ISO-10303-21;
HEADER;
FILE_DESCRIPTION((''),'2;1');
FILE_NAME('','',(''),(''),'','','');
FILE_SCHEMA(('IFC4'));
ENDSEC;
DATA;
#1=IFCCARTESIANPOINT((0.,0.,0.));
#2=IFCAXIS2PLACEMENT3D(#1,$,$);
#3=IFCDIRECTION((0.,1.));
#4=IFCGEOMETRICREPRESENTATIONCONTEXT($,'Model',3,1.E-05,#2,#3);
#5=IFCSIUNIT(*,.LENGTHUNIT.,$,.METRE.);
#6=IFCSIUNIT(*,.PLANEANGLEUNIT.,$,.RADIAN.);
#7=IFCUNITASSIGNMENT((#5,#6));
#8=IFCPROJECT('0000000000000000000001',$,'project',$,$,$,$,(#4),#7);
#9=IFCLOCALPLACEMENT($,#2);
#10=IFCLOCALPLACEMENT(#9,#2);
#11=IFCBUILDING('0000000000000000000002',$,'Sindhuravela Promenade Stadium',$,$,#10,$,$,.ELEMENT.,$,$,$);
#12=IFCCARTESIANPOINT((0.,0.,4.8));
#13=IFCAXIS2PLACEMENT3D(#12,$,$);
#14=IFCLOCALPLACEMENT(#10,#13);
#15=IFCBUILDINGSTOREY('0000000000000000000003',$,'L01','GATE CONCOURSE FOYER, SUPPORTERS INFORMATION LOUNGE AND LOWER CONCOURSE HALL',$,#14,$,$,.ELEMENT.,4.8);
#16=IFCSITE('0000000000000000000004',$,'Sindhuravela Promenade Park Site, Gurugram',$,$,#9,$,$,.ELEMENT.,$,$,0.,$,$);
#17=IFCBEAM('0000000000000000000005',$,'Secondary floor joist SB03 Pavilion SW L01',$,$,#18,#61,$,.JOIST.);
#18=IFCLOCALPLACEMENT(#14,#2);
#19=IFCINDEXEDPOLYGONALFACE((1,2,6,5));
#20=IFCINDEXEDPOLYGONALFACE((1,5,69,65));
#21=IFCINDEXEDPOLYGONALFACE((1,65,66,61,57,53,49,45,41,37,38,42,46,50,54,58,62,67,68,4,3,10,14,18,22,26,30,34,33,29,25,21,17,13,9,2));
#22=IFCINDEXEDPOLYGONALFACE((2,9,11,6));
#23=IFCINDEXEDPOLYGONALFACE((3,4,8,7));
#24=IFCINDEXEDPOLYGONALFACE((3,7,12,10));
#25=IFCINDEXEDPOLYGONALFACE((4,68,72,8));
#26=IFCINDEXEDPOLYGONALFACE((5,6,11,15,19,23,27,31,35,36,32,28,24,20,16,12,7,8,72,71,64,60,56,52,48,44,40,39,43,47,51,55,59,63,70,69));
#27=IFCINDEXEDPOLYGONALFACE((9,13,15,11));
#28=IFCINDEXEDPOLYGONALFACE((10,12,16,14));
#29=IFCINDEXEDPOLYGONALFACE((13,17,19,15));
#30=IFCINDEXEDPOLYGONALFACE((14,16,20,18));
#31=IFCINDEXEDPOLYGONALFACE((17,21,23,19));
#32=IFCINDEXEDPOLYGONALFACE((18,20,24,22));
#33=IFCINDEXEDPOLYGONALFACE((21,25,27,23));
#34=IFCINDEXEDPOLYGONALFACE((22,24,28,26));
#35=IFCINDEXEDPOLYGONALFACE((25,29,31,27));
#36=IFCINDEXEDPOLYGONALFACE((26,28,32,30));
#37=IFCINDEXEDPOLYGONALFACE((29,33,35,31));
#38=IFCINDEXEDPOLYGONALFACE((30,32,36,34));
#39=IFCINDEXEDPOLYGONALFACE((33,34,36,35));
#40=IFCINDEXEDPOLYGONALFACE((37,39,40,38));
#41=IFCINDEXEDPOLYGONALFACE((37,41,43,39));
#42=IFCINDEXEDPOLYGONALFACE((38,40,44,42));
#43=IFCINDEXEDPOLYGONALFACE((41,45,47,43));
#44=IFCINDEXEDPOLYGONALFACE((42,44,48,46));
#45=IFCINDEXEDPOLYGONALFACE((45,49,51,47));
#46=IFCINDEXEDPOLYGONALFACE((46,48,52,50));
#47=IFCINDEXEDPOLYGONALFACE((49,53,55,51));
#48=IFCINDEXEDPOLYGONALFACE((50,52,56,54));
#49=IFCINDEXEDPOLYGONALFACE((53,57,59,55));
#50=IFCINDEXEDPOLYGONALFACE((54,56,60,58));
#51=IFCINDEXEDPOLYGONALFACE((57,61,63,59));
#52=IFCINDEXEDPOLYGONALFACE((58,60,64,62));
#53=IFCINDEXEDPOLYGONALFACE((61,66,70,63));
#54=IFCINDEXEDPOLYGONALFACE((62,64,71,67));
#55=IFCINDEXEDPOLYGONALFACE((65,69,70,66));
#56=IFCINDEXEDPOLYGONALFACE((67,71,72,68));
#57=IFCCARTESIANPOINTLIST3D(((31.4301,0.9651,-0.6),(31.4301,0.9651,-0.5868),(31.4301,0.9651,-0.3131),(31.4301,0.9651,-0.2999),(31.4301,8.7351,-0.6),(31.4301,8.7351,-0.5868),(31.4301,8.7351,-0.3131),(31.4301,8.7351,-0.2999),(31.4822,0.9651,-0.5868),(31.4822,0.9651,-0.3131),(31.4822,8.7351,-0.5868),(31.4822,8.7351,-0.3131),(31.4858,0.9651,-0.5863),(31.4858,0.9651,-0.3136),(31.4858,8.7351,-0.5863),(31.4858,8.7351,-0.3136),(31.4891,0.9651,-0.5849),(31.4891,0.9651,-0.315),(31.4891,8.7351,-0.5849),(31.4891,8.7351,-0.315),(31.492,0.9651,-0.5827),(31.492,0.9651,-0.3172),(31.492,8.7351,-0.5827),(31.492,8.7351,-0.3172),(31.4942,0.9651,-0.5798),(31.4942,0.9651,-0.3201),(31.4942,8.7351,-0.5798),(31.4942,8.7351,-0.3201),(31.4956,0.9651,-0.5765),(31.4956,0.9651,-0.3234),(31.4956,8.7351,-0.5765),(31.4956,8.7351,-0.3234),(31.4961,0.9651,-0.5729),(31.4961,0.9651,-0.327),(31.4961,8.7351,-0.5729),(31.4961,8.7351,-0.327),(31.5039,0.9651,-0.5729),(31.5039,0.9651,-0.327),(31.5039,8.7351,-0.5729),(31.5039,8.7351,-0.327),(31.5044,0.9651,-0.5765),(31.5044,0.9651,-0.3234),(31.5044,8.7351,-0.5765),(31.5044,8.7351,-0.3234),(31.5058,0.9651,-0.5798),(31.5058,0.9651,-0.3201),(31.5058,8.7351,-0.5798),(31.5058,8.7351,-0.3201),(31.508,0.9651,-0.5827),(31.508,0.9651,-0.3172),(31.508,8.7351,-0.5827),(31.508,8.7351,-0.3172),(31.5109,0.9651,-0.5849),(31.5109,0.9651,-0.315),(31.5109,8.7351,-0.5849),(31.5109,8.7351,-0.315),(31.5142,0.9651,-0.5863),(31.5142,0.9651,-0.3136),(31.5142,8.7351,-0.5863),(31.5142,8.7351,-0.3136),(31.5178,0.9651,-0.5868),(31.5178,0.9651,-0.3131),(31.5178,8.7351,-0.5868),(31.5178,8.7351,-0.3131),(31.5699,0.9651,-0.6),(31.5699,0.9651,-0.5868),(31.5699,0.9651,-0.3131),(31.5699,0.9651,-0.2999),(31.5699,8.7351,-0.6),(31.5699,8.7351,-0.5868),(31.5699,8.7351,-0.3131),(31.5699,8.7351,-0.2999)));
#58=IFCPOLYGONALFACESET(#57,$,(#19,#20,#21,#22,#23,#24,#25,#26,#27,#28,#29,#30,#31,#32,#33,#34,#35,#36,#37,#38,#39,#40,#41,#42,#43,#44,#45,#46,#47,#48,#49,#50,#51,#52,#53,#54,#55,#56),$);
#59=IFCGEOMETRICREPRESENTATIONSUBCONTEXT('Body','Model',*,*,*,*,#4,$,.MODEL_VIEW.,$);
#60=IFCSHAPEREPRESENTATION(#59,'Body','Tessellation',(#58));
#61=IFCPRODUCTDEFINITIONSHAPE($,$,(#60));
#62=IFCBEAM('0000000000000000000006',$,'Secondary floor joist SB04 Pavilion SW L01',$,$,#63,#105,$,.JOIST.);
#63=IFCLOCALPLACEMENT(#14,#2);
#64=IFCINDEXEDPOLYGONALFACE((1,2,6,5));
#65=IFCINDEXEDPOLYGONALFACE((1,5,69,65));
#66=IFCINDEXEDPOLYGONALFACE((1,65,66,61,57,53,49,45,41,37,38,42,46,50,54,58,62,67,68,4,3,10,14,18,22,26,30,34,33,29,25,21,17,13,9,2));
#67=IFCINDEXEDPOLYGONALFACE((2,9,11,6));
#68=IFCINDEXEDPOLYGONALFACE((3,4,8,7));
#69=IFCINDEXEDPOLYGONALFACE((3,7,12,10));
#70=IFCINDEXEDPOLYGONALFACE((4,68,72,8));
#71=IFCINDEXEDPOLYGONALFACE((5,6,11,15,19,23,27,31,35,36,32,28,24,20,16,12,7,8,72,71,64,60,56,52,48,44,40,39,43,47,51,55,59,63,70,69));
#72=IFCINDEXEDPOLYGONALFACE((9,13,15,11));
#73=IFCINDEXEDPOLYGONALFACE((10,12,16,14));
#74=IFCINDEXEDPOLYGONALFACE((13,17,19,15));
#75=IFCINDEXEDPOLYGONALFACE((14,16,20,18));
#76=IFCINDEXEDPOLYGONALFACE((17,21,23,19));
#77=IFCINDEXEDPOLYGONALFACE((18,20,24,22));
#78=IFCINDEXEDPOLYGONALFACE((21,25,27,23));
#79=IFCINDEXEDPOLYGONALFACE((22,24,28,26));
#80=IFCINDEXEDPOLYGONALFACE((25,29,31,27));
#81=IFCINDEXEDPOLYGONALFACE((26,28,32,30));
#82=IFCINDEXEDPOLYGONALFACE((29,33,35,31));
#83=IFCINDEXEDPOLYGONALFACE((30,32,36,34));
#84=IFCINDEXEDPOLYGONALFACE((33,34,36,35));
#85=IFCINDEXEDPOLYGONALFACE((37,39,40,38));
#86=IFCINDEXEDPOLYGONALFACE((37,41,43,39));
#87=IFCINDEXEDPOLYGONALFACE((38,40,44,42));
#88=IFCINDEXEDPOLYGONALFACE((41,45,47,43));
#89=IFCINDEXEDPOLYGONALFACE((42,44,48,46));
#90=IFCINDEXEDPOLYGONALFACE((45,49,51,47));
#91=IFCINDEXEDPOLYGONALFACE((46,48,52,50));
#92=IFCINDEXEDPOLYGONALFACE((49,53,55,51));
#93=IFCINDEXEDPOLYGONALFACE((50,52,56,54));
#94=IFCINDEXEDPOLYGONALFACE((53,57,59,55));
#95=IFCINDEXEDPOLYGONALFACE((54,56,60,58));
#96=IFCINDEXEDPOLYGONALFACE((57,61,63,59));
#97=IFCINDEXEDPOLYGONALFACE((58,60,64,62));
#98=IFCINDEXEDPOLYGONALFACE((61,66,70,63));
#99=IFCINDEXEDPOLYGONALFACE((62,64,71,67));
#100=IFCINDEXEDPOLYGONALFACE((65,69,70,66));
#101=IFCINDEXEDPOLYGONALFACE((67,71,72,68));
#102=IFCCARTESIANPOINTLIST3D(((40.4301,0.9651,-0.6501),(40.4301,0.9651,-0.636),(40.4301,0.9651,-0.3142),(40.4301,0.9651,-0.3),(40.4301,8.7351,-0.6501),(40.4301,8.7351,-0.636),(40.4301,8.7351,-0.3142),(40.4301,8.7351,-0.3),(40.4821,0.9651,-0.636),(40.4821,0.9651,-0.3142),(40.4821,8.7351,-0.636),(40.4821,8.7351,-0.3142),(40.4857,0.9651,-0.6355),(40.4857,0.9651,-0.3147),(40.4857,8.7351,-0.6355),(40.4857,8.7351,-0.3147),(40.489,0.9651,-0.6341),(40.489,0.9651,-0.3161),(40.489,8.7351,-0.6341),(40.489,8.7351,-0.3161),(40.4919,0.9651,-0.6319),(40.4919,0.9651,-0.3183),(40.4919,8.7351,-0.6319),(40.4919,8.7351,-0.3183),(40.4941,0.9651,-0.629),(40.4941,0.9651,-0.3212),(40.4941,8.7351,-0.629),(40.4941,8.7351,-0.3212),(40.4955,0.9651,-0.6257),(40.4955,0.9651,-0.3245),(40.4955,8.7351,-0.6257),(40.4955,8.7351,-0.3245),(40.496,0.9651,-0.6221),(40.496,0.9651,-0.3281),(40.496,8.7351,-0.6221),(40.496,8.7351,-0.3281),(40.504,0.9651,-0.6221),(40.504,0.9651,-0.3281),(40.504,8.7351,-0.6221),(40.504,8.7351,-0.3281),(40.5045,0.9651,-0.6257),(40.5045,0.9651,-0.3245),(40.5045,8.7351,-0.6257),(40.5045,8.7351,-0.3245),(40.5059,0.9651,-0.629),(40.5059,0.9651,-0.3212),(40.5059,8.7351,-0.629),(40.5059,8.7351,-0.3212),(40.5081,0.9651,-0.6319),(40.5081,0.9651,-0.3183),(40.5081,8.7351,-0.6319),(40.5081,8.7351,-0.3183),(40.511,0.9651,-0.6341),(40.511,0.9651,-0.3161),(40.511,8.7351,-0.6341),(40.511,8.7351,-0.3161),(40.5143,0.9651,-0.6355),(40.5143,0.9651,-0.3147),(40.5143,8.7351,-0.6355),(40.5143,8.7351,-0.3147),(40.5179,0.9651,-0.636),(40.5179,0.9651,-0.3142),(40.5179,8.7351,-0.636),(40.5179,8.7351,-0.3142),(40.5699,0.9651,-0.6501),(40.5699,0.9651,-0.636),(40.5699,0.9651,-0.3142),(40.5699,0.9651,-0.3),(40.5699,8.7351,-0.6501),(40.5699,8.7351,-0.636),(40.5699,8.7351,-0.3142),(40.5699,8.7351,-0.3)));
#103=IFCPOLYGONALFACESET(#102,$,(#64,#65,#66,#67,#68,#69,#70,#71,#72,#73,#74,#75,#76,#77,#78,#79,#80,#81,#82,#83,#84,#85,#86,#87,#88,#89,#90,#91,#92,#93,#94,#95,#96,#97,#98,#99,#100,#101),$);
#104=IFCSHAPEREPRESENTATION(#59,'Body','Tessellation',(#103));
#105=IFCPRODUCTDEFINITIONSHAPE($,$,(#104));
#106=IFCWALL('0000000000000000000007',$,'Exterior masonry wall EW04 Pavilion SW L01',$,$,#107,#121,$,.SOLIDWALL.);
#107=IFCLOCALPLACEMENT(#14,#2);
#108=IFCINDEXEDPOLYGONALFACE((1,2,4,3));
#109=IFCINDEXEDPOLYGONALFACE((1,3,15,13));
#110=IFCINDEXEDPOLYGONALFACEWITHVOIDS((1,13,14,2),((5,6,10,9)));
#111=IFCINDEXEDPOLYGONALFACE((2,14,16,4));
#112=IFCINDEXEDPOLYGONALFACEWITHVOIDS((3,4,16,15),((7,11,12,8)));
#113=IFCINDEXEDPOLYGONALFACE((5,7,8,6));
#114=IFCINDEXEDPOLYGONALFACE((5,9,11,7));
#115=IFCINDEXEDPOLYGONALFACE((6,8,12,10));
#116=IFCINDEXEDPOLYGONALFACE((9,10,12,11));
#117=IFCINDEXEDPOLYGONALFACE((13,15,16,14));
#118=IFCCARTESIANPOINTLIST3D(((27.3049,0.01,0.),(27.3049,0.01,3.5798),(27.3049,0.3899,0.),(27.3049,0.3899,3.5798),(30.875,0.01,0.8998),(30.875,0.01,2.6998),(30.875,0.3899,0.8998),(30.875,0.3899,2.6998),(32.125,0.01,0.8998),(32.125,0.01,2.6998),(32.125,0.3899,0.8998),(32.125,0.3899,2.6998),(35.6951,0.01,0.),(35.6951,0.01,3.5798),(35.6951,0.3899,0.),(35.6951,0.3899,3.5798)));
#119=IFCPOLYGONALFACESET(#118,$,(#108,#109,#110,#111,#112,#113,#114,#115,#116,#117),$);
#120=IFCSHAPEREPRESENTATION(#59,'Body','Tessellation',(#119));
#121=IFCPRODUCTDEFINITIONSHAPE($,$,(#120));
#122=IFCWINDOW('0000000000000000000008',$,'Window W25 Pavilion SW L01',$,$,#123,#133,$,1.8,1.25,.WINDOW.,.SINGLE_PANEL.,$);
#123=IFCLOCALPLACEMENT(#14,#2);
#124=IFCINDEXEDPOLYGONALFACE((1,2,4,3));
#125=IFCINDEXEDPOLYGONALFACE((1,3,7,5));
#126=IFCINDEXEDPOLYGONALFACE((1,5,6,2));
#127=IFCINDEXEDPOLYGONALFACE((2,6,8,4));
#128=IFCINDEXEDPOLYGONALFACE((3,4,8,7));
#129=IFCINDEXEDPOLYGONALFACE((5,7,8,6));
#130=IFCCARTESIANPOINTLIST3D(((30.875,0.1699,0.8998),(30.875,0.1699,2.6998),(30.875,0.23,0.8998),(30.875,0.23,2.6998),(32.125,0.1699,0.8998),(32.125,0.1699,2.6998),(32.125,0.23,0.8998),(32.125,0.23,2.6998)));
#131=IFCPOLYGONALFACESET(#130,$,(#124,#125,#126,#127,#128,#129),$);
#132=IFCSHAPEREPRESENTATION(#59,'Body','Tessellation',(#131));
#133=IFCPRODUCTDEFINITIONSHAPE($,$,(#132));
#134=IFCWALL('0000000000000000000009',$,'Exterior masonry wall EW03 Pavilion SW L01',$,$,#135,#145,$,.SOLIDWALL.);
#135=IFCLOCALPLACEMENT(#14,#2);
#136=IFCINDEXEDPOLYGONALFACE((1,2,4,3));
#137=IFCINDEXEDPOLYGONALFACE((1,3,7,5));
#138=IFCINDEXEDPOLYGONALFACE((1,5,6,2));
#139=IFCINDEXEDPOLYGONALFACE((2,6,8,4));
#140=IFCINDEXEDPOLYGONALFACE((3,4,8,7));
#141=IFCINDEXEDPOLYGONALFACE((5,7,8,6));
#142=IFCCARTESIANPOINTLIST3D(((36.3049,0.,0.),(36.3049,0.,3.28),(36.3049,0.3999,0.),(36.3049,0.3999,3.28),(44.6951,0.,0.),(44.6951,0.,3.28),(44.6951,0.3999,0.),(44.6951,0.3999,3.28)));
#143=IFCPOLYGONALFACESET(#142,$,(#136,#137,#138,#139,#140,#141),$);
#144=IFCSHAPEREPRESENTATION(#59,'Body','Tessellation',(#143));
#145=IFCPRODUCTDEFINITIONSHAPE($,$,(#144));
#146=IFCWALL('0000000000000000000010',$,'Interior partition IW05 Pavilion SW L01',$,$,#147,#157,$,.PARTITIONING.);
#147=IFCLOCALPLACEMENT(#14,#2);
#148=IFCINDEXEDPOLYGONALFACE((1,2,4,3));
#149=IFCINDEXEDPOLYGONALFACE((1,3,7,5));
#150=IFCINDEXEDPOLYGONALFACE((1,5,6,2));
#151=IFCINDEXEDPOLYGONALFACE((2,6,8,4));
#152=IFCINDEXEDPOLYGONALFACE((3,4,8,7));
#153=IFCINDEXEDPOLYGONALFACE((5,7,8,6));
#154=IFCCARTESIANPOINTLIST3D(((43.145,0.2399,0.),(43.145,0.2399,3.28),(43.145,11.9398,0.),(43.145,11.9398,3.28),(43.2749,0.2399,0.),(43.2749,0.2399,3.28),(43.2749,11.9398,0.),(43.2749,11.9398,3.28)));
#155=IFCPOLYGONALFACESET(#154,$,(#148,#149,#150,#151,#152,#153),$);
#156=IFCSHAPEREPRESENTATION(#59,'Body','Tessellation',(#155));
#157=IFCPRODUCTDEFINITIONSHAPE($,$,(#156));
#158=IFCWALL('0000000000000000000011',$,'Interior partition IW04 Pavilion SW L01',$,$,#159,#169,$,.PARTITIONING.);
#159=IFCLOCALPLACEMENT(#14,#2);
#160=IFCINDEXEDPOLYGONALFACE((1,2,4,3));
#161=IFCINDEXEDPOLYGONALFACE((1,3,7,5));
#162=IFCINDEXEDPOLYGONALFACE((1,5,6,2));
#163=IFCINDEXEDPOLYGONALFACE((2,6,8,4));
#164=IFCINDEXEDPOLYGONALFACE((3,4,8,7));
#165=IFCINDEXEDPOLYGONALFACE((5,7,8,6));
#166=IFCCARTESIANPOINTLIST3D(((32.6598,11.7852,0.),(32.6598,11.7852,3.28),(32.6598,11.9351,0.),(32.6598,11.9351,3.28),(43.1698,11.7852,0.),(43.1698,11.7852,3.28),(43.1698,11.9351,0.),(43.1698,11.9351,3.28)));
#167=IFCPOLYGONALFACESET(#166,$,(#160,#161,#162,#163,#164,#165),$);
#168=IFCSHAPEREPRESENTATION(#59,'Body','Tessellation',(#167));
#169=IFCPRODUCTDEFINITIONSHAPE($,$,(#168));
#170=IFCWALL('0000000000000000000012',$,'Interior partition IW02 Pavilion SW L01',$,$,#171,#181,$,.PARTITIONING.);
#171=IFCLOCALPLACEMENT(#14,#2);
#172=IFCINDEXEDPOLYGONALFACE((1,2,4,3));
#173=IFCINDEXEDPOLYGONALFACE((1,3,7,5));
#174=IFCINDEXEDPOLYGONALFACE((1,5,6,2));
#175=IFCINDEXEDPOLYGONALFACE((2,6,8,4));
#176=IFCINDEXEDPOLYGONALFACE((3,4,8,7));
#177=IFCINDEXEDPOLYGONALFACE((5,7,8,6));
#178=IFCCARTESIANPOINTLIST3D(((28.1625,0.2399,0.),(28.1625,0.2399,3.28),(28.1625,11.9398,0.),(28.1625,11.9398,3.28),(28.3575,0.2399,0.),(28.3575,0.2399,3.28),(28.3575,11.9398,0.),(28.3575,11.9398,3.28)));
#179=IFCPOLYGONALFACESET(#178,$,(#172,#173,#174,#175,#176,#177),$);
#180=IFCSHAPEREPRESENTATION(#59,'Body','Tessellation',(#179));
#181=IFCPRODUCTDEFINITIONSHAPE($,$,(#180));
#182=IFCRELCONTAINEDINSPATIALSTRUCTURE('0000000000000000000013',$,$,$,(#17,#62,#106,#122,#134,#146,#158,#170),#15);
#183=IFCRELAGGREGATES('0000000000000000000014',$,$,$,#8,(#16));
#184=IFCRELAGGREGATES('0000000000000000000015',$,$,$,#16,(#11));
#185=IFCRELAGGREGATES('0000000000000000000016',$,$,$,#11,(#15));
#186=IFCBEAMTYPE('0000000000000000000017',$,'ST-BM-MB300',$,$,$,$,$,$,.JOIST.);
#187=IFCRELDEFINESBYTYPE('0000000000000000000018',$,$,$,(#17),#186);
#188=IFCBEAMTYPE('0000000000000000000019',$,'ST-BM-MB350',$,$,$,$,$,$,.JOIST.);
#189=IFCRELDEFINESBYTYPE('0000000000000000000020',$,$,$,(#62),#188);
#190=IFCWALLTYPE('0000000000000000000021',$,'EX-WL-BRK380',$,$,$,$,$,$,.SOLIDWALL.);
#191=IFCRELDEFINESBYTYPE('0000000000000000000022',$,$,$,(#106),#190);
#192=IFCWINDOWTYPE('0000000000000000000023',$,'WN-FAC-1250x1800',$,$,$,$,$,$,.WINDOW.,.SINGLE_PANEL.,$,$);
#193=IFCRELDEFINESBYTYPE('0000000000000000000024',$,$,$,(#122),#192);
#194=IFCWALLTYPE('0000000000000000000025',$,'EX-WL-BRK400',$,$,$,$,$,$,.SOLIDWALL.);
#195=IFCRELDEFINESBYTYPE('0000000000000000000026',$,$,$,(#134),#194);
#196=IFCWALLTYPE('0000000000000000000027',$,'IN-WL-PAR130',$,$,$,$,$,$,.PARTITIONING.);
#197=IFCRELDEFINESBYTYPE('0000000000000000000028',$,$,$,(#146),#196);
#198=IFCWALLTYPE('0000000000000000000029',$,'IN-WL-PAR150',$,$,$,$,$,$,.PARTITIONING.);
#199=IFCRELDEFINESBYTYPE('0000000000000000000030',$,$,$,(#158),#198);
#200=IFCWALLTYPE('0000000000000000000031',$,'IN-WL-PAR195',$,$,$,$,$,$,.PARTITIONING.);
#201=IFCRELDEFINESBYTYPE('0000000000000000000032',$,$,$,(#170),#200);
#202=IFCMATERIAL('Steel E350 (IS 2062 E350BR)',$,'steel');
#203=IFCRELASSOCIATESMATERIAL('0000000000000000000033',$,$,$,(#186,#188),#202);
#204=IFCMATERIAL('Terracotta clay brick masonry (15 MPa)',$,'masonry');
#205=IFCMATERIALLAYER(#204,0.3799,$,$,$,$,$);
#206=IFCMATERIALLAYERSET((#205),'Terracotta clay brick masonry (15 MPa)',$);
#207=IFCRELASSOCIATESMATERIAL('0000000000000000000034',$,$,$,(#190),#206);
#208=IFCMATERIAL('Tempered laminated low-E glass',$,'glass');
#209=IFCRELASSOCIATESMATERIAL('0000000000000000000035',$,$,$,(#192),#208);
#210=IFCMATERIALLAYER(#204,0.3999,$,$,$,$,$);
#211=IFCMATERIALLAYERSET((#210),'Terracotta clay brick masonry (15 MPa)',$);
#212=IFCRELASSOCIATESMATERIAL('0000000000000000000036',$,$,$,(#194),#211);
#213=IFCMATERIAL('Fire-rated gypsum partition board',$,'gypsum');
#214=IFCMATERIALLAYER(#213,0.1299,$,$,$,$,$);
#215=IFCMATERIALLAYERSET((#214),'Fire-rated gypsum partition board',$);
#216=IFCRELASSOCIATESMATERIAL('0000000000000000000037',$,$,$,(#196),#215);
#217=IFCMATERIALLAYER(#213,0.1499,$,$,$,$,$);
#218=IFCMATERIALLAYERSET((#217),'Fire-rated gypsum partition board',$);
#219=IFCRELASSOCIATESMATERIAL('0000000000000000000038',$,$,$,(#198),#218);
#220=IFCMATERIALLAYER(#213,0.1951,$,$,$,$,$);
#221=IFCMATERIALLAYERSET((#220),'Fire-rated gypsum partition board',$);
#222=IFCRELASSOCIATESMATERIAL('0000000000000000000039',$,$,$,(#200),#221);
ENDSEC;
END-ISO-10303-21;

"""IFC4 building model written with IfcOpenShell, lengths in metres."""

from ifc_helpers import new_model, si_unit, direction, frame, frame_2d, origin, origin_2d, place, context, subcontext, project, spatial, rectangle, i_section, extrude, material, layer, layer_set, material_profile, profile_set, type_object, element, fill, save


model = new_model("IFC4")

# Units and contexts
model_context = context("Model", 3, precision=1e-05, world=origin(), true_north=direction((0.0, 1.0)))
body_context = subcontext(model_context, "Body", "Model", "MODEL_VIEW")
ifc_project = project(units=[si_unit("LENGTHUNIT", "METRE"), si_unit("PLANEANGLEUNIT", "RADIAN")], contexts=[model_context])

# Site, building, storey
site_placement = place(None, origin())
site = spatial("IfcSite", under=ifc_project, at=site_placement, Name="Sindhuravela Promenade Park Site, Gurugram", CompositionType="ELEMENT", RefElevation=0.0)
building_placement = place(site_placement, origin())
building = spatial("IfcBuilding", under=site, at=building_placement, Name="Sindhuravela Promenade Stadium", CompositionType="ELEMENT")
storey_placement = place(building_placement, frame((0.0, 0.0, 4.8)))
storey = spatial("IfcBuildingStorey", under=building, at=storey_placement, Name="L01", Description="GATE CONCOURSE FOYER, SUPPORTERS INFORMATION LOUNGE AND LOWER CONCOURSE HALL", CompositionType="ELEMENT", Elevation=4.8)

# Beams
ifc_material_1 = material(Name="Steel E350 (IS 2062 E350BR)", Category="steel")
ifc_material_profile_1 = material_profile(ifc_material_1, i_section(OverallWidth=0.1399, OverallDepth=0.3, WebThickness=0.0078, FlangeThickness=0.0132, FilletRadius=0.0139, at=origin_2d()), Name="ISMB 300")
ifc_profile_set_1 = profile_set([ifc_material_profile_1], Name="Steel E350 (IS 2062 E350BR)")
beam_type_1 = type_object("IfcBeamType", Name="ST-BM-MB300", PredefinedType="JOIST", material=ifc_profile_set_1)
beam_1_placement = place(storey_placement, frame((31.5, 0.9651, -0.45), z_axis=(0.0, 1.0, 0.0), x_axis=(-1.0, 0.0, 0.0)))
element("IfcBeam", 1, at=beam_1_placement, inside=storey, type_object=beam_type_1, Name="Secondary floor joist SB03 Pavilion SW L01", PredefinedType="JOIST", context=body_context, shape_type="SweptSolid", body=[
    extrude(i_section(OverallWidth=0.1399, OverallDepth=0.3, WebThickness=0.0078, FlangeThickness=0.0132, FilletRadius=0.0139, at=origin_2d()), origin(), (0.0, 0.0, 1.0), 7.77),
])
ifc_material_profile_2 = material_profile(ifc_material_1, i_section(OverallWidth=0.1399, OverallDepth=0.3501, WebThickness=0.0081, FlangeThickness=0.0142, FilletRadius=0.0139, at=origin_2d()), Name="ISMB 350")
ifc_profile_set_2 = profile_set([ifc_material_profile_2], Name="Steel E350 (IS 2062 E350BR)")
beam_type_2 = type_object("IfcBeamType", Name="ST-BM-MB350", PredefinedType="JOIST", material=ifc_profile_set_2)
beam_2_placement = place(storey_placement, frame((40.5, 0.9651, -0.4751), z_axis=(0.0, 1.0, 0.0), x_axis=(-1.0, 0.0, 0.0)))
element("IfcBeam", 2, at=beam_2_placement, inside=storey, type_object=beam_type_2, Name="Secondary floor joist SB04 Pavilion SW L01", PredefinedType="JOIST", context=body_context, shape_type="SweptSolid", body=[
    extrude(i_section(OverallWidth=0.1399, OverallDepth=0.3501, WebThickness=0.0081, FlangeThickness=0.0142, FilletRadius=0.0139, at=origin_2d()), origin(), (0.0, 0.0, 1.0), 7.77),
])

# Wall, opening, window
ifc_material_2 = material(Name="Terracotta clay brick masonry (15 MPa)", Category="masonry")
ifc_layer_1 = layer(ifc_material_2, 0.3799)
ifc_layer_set_1 = layer_set([ifc_layer_1], Name="Terracotta clay brick masonry (15 MPa)")
wall_type_1 = type_object("IfcWallType", Name="EX-WL-BRK380", PredefinedType="SOLIDWALL", material=ifc_layer_set_1)
wall_1_placement = place(storey_placement, frame((35.6951, 0.2, 0.0), z_axis=(0.0, 0.0, 1.0), x_axis=(-1.0, 0.0, 0.0)))
wall_1 = element("IfcWall", 3, at=wall_1_placement, inside=storey, type_object=wall_type_1, Name="Exterior masonry wall EW04 Pavilion SW L01", PredefinedType="SOLIDWALL", context=body_context, shape_type="SweptSolid", body=[
    extrude(rectangle(XDim=8.3901, YDim=0.3799, at=frame_2d((4.1951, 0.0))), origin(), (0.0, 0.0, 1.0), 3.5798),
])
opening_placement = place(wall_1_placement, frame((3.5701, 0.0, 0.8999)))
opening = element("IfcOpeningElement", 4, at=opening_placement, cuts=wall_1, PredefinedType="OPENING", context=body_context, shape_type="SweptSolid", body=[
    extrude(rectangle(XDim=1.25, YDim=1.8, at=frame_2d((0.625, 0.8999))), frame((0.0, 0.2, 0.0), z_axis=(0.0, -1.0, 0.0), x_axis=(1.0, 0.0, 0.0)), (0.0, 0.0, 1.0), 0.3999),
])
ifc_material_3 = material(Name="Tempered laminated low-E glass", Category="glass")
window_type = type_object("IfcWindowType", Name="WN-FAC-1250x1800", PartitioningType="SINGLE_PANEL", PredefinedType="WINDOW", material=ifc_material_3)
window_placement = place(opening_placement, origin())
window = element("IfcWindow", 5, at=window_placement, inside=storey, type_object=window_type, Name="Window W25 Pavilion SW L01", OverallHeight=1.8, OverallWidth=1.25, PartitioningType="SINGLE_PANEL", PredefinedType="WINDOW", context=body_context, shape_type="SweptSolid", body=[
    extrude(rectangle(XDim=1.25, YDim=1.8, at=frame_2d((0.625, 0.8999))), frame((0.0, 0.03, 0.0), z_axis=(0.0, -1.0, 0.0), x_axis=(1.0, 0.0, 0.0)), (0.0, 0.0, 1.0), 0.0601),
])
fill(opening, window)

# Walls
ifc_layer_2 = layer(ifc_material_2, 0.3999)
ifc_layer_set_2 = layer_set([ifc_layer_2], Name="Terracotta clay brick masonry (15 MPa)")
wall_type_2 = type_object("IfcWallType", Name="EX-WL-BRK400", PredefinedType="SOLIDWALL", material=ifc_layer_set_2)
wall_2_placement = place(storey_placement, frame((44.6951, 0.2, 0.0), z_axis=(0.0, 0.0, 1.0), x_axis=(-1.0, 0.0, 0.0)))
element("IfcWall", 6, at=wall_2_placement, inside=storey, type_object=wall_type_2, Name="Exterior masonry wall EW03 Pavilion SW L01", PredefinedType="SOLIDWALL", context=body_context, shape_type="SweptSolid", body=[
    extrude(rectangle(XDim=8.3901, YDim=0.3999, at=frame_2d((4.1951, 0.0))), origin(), (0.0, 0.0, 1.0), 3.28),
])
ifc_material_4 = material(Name="Fire-rated gypsum partition board", Category="gypsum")
ifc_layer_3 = layer(ifc_material_4, 0.1299)
ifc_layer_set_3 = layer_set([ifc_layer_3], Name="Fire-rated gypsum partition board")
wall_type_3 = type_object("IfcWallType", Name="IN-WL-PAR130", PredefinedType="PARTITIONING", material=ifc_layer_set_3)
wall_3_placement = place(storey_placement, frame((43.21, 11.9399, 0.0), z_axis=(0.0, 0.0, 1.0), x_axis=(0.0, -1.0, 0.0)))
element("IfcWall", 7, at=wall_3_placement, inside=storey, type_object=wall_type_3, Name="Interior partition IW05 Pavilion SW L01", PredefinedType="PARTITIONING", context=body_context, shape_type="SweptSolid", body=[
    extrude(rectangle(XDim=11.7, YDim=0.1299, at=frame_2d((5.8501, 0.0))), origin(), (0.0, 0.0, 1.0), 3.28),
])
ifc_layer_4 = layer(ifc_material_4, 0.1499)
ifc_layer_set_4 = layer_set([ifc_layer_4], Name="Fire-rated gypsum partition board")
wall_type_4 = type_object("IfcWallType", Name="IN-WL-PAR150", PredefinedType="PARTITIONING", material=ifc_layer_set_4)
wall_4_placement = place(storey_placement, frame((32.6599, 11.8601, 0.0), z_axis=(0.0, 0.0, 1.0), x_axis=(1.0, 0.0, 0.0)))
element("IfcWall", 8, at=wall_4_placement, inside=storey, type_object=wall_type_4, Name="Interior partition IW04 Pavilion SW L01", PredefinedType="PARTITIONING", context=body_context, shape_type="SweptSolid", body=[
    extrude(rectangle(XDim=10.51, YDim=0.1499, at=frame_2d((5.2549, 0.0))), origin(), (0.0, 0.0, 1.0), 3.28),
])
ifc_layer_5 = layer(ifc_material_4, 0.1951)
ifc_layer_set_5 = layer_set([ifc_layer_5], Name="Fire-rated gypsum partition board")
wall_type_5 = type_object("IfcWallType", Name="IN-WL-PAR195", PredefinedType="PARTITIONING", material=ifc_layer_set_5)
wall_5_placement = place(storey_placement, frame((28.26, 11.9399, 0.0), z_axis=(0.0, 0.0, 1.0), x_axis=(0.0, -1.0, 0.0)))
element("IfcWall", 9, at=wall_5_placement, inside=storey, type_object=wall_type_5, Name="Interior partition IW02 Pavilion SW L01", PredefinedType="PARTITIONING", context=body_context, shape_type="SweptSolid", body=[
    extrude(rectangle(XDim=11.7, YDim=0.1951, at=frame_2d((5.8501, 0.0))), origin(), (0.0, 0.0, 1.0), 3.28),
])

save(model, "model.ifc")
